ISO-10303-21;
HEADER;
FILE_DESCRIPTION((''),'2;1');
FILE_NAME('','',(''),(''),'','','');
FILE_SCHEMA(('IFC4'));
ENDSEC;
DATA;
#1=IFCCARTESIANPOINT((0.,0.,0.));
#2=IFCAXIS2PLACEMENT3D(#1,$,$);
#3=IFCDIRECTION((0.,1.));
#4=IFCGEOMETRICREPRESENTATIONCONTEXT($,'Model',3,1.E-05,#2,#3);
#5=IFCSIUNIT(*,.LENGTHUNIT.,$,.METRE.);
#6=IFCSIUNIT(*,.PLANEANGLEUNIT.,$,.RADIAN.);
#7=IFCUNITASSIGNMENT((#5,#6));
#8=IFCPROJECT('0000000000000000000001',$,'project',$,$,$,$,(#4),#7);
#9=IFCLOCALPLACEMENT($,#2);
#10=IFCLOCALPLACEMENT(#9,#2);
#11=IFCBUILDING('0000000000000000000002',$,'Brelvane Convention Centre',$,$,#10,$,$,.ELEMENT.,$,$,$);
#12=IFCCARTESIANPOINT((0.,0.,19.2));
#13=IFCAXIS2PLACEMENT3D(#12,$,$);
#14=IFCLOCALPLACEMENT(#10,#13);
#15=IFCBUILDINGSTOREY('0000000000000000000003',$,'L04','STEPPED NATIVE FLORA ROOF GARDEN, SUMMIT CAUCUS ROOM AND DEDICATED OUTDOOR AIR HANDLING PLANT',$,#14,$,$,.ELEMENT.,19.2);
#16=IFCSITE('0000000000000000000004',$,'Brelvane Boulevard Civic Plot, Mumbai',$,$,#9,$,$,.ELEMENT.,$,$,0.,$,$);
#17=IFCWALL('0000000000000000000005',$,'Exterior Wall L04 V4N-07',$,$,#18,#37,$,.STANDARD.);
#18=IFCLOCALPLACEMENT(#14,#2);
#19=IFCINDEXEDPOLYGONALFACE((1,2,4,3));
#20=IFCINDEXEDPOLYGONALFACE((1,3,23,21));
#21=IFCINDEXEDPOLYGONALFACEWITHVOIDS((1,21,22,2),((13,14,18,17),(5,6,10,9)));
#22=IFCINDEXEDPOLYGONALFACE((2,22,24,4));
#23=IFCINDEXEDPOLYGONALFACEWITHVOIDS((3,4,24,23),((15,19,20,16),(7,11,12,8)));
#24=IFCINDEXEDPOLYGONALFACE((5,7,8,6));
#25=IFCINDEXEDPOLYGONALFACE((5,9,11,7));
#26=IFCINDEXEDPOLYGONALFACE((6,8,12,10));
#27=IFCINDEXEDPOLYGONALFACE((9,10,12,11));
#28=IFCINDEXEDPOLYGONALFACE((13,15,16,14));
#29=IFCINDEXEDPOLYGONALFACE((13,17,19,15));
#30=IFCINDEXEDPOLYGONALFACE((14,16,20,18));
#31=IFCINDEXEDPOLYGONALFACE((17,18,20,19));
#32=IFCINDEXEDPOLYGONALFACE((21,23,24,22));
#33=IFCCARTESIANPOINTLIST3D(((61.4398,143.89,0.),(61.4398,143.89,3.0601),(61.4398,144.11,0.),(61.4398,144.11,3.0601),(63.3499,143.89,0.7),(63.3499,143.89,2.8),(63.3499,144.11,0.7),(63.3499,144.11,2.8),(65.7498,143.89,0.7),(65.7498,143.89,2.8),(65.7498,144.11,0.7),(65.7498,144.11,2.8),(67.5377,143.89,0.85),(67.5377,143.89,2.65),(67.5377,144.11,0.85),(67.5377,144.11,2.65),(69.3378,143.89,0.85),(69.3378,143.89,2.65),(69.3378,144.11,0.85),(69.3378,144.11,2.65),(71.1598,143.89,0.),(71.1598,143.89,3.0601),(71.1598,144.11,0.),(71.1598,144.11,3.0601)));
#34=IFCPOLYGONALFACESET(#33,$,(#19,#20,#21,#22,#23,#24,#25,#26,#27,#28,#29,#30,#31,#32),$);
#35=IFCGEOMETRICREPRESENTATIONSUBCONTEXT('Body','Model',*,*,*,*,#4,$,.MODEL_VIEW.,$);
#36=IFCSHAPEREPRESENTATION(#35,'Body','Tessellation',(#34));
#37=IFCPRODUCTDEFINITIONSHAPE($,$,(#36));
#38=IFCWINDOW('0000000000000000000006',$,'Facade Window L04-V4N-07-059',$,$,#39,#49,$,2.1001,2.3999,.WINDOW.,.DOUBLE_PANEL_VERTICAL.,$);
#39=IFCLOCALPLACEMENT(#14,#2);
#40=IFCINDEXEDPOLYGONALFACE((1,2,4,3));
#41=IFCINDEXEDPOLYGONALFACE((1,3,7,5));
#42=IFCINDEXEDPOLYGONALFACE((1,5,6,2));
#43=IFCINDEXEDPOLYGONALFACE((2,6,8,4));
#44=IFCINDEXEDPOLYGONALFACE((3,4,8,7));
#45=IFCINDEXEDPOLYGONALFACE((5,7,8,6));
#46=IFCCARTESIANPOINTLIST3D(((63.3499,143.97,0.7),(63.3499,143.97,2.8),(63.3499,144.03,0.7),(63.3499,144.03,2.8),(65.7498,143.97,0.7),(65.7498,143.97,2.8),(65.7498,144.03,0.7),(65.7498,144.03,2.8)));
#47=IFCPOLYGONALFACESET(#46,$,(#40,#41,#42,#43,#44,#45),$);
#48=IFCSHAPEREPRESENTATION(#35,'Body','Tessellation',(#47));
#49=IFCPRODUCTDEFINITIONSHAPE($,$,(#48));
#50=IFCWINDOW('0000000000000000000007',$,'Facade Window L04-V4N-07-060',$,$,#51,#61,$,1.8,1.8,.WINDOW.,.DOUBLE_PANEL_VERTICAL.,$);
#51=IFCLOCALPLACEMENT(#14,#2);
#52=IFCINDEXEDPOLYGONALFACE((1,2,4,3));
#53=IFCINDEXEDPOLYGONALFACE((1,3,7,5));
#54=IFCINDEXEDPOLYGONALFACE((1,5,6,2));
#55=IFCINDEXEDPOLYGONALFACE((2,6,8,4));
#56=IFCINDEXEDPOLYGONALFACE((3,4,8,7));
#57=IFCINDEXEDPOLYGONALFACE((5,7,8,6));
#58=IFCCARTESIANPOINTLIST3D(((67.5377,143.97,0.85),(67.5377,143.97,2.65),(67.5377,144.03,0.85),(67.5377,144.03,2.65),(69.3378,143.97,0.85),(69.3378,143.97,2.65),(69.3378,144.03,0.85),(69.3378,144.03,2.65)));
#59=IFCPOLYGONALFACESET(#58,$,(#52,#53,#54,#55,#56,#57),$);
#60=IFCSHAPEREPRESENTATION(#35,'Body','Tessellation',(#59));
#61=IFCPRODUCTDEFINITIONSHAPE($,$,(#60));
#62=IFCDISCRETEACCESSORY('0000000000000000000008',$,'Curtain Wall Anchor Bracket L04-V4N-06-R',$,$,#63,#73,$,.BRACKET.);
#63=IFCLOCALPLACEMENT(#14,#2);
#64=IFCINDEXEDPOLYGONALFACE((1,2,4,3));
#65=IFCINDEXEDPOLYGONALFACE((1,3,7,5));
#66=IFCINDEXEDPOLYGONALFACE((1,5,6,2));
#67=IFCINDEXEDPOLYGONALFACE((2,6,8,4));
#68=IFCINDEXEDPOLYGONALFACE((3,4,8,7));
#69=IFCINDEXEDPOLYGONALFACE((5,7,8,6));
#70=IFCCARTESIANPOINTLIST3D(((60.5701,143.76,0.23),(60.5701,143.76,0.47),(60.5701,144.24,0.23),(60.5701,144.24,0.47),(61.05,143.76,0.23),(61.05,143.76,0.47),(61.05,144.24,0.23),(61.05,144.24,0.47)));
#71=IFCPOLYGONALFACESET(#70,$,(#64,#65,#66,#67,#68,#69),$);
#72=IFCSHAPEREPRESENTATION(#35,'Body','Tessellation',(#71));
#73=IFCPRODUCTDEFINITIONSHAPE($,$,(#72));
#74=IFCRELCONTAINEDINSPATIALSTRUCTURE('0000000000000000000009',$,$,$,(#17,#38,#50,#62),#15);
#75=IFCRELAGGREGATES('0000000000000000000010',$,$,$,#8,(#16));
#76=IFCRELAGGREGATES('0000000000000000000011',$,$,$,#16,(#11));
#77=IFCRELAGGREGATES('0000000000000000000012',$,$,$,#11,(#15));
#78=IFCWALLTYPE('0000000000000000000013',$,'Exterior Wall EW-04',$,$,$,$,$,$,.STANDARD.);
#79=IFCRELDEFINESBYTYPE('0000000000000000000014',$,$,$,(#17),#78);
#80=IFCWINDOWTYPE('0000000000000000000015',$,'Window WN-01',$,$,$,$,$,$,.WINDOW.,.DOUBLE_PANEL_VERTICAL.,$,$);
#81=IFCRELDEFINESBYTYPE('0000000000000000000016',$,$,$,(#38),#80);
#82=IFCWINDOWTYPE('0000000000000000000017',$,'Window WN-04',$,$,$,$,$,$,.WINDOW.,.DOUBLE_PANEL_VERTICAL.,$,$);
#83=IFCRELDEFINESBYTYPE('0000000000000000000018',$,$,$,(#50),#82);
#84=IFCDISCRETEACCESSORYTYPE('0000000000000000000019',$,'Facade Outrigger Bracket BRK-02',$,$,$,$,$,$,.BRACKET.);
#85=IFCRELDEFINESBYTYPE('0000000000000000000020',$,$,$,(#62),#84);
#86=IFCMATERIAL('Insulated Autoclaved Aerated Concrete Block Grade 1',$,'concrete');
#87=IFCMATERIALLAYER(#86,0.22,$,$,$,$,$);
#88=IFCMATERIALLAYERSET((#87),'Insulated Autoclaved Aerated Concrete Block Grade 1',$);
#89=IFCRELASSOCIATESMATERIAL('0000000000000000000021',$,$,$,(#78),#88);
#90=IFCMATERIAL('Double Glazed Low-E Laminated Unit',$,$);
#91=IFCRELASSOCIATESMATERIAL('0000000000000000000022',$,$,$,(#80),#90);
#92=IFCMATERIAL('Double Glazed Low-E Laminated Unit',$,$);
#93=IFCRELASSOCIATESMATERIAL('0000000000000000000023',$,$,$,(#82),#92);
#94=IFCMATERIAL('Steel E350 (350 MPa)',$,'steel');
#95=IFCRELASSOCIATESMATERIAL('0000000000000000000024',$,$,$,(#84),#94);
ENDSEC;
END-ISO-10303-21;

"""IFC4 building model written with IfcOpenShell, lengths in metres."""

from ifc_helpers import new_model, si_unit, direction, frame, frame_2d, origin, origin_2d, place, context, subcontext, project, spatial, rectangle, extrude, material, layer, layer_set, type_object, element, fill, save


model = new_model("IFC4")

# Units and contexts
model_context = context("Model", 3, precision=1e-05, world=origin(), true_north=direction((0.0, 1.0)))
body_context = subcontext(model_context, "Body", "Model", "MODEL_VIEW")
ifc_project = project(units=[si_unit("LENGTHUNIT", "METRE"), si_unit("PLANEANGLEUNIT", "RADIAN")], contexts=[model_context])

# Site, building, storey
site_placement = place(None, origin())
site = spatial("IfcSite", under=ifc_project, at=site_placement, Name="Brelvane Boulevard Civic Plot, Mumbai", CompositionType="ELEMENT", RefElevation=0.0)
building_placement = place(site_placement, origin())
building = spatial("IfcBuilding", under=site, at=building_placement, Name="Brelvane Convention Centre", CompositionType="ELEMENT")
storey_placement = place(building_placement, frame((0.0, 0.0, 19.2)))
storey = spatial("IfcBuildingStorey", under=building, at=storey_placement, Name="L04", Description="STEPPED NATIVE FLORA ROOF GARDEN, SUMMIT CAUCUS ROOM AND DEDICATED OUTDOOR AIR HANDLING PLANT", CompositionType="ELEMENT", Elevation=19.2)

# Wall, openings, windows
ifc_material_1 = material(Name="Insulated Autoclaved Aerated Concrete Block Grade 1", Category="concrete")
ifc_layer_1 = layer(ifc_material_1, 0.22)
ifc_layer_set_1 = layer_set([ifc_layer_1], Name="Insulated Autoclaved Aerated Concrete Block Grade 1")
wall_type = type_object("IfcWallType", Name="Exterior Wall EW-04", PredefinedType="STANDARD", material=ifc_layer_set_1)
wall_placement = place(storey_placement, frame((61.4399, 144.0, 0.0), z_axis=(0.0, 0.0, 1.0), x_axis=(1.0, 0.0, 0.0)))
wall = element("IfcWall", 1, at=wall_placement, inside=storey, type_object=wall_type, Name="Exterior Wall L04 V4N-07", PredefinedType="STANDARD", context=body_context, shape_type="SweptSolid", body=[
    extrude(rectangle(XDim=9.72, YDim=0.22, at=frame_2d((4.8599, 0.0))), origin(), (0.0, 0.0, 1.0), 3.0601),
])
opening_1_placement = place(wall_placement, frame((1.9099, 0.0, 0.7)))
opening_1 = element("IfcOpeningElement", 2, at=opening_1_placement, cuts=wall, PredefinedType="OPENING", context=body_context, shape_type="SweptSolid", body=[
    extrude(rectangle(XDim=2.3999, YDim=2.1001, at=frame_2d((1.2, 1.05))), frame((0.0, 0.1199, 0.0), z_axis=(0.0, -1.0, 0.0), x_axis=(1.0, 0.0, 0.0)), (0.0, 0.0, 1.0), 0.24),
])
opening_2_placement = place(wall_placement, frame((6.0979, 0.0, 0.8501)))
opening_2 = element("IfcOpeningElement", 3, at=opening_2_placement, cuts=wall, PredefinedType="OPENING", context=body_context, shape_type="SweptSolid", body=[
    extrude(rectangle(XDim=1.8, YDim=1.8, at=frame_2d((0.8999, 0.8999))), frame((0.0, 0.1199, 0.0), z_axis=(0.0, -1.0, 0.0), x_axis=(1.0, 0.0, 0.0)), (0.0, 0.0, 1.0), 0.24),
])
ifc_material_2 = material(Name="Double Glazed Low-E Laminated Unit")
window_type_1 = type_object("IfcWindowType", Name="Window WN-01", PartitioningType="DOUBLE_PANEL_VERTICAL", PredefinedType="WINDOW", material=ifc_material_2)
window_1_placement = place(opening_1_placement, origin())
window_1 = element("IfcWindow", 4, at=window_1_placement, inside=storey, type_object=window_type_1, Name="Facade Window L04-V4N-07-059", OverallHeight=2.1001, OverallWidth=2.3999, PartitioningType="DOUBLE_PANEL_VERTICAL", PredefinedType="WINDOW", context=body_context, shape_type="SweptSolid", body=[
    extrude(rectangle(XDim=2.3999, YDim=2.1001, at=frame_2d((1.2, 1.05))), frame((0.0, 0.03, 0.0), z_axis=(0.0, -1.0, 0.0), x_axis=(1.0, 0.0, 0.0)), (0.0, 0.0, 1.0), 0.0601),
])
fill(opening_1, window_1)
ifc_material_3 = material(Name="Double Glazed Low-E Laminated Unit")
window_type_2 = type_object("IfcWindowType", Name="Window WN-04", PartitioningType="DOUBLE_PANEL_VERTICAL", PredefinedType="WINDOW", material=ifc_material_3)
window_2_placement = place(opening_2_placement, origin())
window_2 = element("IfcWindow", 5, at=window_2_placement, inside=storey, type_object=window_type_2, Name="Facade Window L04-V4N-07-060", OverallHeight=1.8, OverallWidth=1.8, PartitioningType="DOUBLE_PANEL_VERTICAL", PredefinedType="WINDOW", context=body_context, shape_type="SweptSolid", body=[
    extrude(rectangle(XDim=1.8, YDim=1.8, at=frame_2d((0.8999, 0.8999))), frame((0.0, 0.03, 0.0), z_axis=(0.0, -1.0, 0.0), x_axis=(1.0, 0.0, 0.0)), (0.0, 0.0, 1.0), 0.0601),
])
fill(opening_2, window_2)

# Discrete accessory
ifc_material_4 = material(Name="Steel E350 (350 MPa)", Category="steel")
discrete_accessory_type = type_object("IfcDiscreteAccessoryType", Name="Facade Outrigger Bracket BRK-02", PredefinedType="BRACKET", material=ifc_material_4)
discrete_accessory_placement = place(storey_placement, frame((60.8101, 144.0, 0.23), z_axis=(0.0, 0.0, 1.0), x_axis=(1.0, 0.0, 0.0)))
element("IfcDiscreteAccessory", 6, at=discrete_accessory_placement, inside=storey, type_object=discrete_accessory_type, Name="Curtain Wall Anchor Bracket L04-V4N-06-R", PredefinedType="BRACKET", context=body_context, shape_type="SweptSolid", body=[
    extrude(rectangle(XDim=0.48, YDim=0.48, at=origin_2d()), origin(), (0.0, 0.0, 1.0), 0.24),
])

save(model, "model.ifc")
